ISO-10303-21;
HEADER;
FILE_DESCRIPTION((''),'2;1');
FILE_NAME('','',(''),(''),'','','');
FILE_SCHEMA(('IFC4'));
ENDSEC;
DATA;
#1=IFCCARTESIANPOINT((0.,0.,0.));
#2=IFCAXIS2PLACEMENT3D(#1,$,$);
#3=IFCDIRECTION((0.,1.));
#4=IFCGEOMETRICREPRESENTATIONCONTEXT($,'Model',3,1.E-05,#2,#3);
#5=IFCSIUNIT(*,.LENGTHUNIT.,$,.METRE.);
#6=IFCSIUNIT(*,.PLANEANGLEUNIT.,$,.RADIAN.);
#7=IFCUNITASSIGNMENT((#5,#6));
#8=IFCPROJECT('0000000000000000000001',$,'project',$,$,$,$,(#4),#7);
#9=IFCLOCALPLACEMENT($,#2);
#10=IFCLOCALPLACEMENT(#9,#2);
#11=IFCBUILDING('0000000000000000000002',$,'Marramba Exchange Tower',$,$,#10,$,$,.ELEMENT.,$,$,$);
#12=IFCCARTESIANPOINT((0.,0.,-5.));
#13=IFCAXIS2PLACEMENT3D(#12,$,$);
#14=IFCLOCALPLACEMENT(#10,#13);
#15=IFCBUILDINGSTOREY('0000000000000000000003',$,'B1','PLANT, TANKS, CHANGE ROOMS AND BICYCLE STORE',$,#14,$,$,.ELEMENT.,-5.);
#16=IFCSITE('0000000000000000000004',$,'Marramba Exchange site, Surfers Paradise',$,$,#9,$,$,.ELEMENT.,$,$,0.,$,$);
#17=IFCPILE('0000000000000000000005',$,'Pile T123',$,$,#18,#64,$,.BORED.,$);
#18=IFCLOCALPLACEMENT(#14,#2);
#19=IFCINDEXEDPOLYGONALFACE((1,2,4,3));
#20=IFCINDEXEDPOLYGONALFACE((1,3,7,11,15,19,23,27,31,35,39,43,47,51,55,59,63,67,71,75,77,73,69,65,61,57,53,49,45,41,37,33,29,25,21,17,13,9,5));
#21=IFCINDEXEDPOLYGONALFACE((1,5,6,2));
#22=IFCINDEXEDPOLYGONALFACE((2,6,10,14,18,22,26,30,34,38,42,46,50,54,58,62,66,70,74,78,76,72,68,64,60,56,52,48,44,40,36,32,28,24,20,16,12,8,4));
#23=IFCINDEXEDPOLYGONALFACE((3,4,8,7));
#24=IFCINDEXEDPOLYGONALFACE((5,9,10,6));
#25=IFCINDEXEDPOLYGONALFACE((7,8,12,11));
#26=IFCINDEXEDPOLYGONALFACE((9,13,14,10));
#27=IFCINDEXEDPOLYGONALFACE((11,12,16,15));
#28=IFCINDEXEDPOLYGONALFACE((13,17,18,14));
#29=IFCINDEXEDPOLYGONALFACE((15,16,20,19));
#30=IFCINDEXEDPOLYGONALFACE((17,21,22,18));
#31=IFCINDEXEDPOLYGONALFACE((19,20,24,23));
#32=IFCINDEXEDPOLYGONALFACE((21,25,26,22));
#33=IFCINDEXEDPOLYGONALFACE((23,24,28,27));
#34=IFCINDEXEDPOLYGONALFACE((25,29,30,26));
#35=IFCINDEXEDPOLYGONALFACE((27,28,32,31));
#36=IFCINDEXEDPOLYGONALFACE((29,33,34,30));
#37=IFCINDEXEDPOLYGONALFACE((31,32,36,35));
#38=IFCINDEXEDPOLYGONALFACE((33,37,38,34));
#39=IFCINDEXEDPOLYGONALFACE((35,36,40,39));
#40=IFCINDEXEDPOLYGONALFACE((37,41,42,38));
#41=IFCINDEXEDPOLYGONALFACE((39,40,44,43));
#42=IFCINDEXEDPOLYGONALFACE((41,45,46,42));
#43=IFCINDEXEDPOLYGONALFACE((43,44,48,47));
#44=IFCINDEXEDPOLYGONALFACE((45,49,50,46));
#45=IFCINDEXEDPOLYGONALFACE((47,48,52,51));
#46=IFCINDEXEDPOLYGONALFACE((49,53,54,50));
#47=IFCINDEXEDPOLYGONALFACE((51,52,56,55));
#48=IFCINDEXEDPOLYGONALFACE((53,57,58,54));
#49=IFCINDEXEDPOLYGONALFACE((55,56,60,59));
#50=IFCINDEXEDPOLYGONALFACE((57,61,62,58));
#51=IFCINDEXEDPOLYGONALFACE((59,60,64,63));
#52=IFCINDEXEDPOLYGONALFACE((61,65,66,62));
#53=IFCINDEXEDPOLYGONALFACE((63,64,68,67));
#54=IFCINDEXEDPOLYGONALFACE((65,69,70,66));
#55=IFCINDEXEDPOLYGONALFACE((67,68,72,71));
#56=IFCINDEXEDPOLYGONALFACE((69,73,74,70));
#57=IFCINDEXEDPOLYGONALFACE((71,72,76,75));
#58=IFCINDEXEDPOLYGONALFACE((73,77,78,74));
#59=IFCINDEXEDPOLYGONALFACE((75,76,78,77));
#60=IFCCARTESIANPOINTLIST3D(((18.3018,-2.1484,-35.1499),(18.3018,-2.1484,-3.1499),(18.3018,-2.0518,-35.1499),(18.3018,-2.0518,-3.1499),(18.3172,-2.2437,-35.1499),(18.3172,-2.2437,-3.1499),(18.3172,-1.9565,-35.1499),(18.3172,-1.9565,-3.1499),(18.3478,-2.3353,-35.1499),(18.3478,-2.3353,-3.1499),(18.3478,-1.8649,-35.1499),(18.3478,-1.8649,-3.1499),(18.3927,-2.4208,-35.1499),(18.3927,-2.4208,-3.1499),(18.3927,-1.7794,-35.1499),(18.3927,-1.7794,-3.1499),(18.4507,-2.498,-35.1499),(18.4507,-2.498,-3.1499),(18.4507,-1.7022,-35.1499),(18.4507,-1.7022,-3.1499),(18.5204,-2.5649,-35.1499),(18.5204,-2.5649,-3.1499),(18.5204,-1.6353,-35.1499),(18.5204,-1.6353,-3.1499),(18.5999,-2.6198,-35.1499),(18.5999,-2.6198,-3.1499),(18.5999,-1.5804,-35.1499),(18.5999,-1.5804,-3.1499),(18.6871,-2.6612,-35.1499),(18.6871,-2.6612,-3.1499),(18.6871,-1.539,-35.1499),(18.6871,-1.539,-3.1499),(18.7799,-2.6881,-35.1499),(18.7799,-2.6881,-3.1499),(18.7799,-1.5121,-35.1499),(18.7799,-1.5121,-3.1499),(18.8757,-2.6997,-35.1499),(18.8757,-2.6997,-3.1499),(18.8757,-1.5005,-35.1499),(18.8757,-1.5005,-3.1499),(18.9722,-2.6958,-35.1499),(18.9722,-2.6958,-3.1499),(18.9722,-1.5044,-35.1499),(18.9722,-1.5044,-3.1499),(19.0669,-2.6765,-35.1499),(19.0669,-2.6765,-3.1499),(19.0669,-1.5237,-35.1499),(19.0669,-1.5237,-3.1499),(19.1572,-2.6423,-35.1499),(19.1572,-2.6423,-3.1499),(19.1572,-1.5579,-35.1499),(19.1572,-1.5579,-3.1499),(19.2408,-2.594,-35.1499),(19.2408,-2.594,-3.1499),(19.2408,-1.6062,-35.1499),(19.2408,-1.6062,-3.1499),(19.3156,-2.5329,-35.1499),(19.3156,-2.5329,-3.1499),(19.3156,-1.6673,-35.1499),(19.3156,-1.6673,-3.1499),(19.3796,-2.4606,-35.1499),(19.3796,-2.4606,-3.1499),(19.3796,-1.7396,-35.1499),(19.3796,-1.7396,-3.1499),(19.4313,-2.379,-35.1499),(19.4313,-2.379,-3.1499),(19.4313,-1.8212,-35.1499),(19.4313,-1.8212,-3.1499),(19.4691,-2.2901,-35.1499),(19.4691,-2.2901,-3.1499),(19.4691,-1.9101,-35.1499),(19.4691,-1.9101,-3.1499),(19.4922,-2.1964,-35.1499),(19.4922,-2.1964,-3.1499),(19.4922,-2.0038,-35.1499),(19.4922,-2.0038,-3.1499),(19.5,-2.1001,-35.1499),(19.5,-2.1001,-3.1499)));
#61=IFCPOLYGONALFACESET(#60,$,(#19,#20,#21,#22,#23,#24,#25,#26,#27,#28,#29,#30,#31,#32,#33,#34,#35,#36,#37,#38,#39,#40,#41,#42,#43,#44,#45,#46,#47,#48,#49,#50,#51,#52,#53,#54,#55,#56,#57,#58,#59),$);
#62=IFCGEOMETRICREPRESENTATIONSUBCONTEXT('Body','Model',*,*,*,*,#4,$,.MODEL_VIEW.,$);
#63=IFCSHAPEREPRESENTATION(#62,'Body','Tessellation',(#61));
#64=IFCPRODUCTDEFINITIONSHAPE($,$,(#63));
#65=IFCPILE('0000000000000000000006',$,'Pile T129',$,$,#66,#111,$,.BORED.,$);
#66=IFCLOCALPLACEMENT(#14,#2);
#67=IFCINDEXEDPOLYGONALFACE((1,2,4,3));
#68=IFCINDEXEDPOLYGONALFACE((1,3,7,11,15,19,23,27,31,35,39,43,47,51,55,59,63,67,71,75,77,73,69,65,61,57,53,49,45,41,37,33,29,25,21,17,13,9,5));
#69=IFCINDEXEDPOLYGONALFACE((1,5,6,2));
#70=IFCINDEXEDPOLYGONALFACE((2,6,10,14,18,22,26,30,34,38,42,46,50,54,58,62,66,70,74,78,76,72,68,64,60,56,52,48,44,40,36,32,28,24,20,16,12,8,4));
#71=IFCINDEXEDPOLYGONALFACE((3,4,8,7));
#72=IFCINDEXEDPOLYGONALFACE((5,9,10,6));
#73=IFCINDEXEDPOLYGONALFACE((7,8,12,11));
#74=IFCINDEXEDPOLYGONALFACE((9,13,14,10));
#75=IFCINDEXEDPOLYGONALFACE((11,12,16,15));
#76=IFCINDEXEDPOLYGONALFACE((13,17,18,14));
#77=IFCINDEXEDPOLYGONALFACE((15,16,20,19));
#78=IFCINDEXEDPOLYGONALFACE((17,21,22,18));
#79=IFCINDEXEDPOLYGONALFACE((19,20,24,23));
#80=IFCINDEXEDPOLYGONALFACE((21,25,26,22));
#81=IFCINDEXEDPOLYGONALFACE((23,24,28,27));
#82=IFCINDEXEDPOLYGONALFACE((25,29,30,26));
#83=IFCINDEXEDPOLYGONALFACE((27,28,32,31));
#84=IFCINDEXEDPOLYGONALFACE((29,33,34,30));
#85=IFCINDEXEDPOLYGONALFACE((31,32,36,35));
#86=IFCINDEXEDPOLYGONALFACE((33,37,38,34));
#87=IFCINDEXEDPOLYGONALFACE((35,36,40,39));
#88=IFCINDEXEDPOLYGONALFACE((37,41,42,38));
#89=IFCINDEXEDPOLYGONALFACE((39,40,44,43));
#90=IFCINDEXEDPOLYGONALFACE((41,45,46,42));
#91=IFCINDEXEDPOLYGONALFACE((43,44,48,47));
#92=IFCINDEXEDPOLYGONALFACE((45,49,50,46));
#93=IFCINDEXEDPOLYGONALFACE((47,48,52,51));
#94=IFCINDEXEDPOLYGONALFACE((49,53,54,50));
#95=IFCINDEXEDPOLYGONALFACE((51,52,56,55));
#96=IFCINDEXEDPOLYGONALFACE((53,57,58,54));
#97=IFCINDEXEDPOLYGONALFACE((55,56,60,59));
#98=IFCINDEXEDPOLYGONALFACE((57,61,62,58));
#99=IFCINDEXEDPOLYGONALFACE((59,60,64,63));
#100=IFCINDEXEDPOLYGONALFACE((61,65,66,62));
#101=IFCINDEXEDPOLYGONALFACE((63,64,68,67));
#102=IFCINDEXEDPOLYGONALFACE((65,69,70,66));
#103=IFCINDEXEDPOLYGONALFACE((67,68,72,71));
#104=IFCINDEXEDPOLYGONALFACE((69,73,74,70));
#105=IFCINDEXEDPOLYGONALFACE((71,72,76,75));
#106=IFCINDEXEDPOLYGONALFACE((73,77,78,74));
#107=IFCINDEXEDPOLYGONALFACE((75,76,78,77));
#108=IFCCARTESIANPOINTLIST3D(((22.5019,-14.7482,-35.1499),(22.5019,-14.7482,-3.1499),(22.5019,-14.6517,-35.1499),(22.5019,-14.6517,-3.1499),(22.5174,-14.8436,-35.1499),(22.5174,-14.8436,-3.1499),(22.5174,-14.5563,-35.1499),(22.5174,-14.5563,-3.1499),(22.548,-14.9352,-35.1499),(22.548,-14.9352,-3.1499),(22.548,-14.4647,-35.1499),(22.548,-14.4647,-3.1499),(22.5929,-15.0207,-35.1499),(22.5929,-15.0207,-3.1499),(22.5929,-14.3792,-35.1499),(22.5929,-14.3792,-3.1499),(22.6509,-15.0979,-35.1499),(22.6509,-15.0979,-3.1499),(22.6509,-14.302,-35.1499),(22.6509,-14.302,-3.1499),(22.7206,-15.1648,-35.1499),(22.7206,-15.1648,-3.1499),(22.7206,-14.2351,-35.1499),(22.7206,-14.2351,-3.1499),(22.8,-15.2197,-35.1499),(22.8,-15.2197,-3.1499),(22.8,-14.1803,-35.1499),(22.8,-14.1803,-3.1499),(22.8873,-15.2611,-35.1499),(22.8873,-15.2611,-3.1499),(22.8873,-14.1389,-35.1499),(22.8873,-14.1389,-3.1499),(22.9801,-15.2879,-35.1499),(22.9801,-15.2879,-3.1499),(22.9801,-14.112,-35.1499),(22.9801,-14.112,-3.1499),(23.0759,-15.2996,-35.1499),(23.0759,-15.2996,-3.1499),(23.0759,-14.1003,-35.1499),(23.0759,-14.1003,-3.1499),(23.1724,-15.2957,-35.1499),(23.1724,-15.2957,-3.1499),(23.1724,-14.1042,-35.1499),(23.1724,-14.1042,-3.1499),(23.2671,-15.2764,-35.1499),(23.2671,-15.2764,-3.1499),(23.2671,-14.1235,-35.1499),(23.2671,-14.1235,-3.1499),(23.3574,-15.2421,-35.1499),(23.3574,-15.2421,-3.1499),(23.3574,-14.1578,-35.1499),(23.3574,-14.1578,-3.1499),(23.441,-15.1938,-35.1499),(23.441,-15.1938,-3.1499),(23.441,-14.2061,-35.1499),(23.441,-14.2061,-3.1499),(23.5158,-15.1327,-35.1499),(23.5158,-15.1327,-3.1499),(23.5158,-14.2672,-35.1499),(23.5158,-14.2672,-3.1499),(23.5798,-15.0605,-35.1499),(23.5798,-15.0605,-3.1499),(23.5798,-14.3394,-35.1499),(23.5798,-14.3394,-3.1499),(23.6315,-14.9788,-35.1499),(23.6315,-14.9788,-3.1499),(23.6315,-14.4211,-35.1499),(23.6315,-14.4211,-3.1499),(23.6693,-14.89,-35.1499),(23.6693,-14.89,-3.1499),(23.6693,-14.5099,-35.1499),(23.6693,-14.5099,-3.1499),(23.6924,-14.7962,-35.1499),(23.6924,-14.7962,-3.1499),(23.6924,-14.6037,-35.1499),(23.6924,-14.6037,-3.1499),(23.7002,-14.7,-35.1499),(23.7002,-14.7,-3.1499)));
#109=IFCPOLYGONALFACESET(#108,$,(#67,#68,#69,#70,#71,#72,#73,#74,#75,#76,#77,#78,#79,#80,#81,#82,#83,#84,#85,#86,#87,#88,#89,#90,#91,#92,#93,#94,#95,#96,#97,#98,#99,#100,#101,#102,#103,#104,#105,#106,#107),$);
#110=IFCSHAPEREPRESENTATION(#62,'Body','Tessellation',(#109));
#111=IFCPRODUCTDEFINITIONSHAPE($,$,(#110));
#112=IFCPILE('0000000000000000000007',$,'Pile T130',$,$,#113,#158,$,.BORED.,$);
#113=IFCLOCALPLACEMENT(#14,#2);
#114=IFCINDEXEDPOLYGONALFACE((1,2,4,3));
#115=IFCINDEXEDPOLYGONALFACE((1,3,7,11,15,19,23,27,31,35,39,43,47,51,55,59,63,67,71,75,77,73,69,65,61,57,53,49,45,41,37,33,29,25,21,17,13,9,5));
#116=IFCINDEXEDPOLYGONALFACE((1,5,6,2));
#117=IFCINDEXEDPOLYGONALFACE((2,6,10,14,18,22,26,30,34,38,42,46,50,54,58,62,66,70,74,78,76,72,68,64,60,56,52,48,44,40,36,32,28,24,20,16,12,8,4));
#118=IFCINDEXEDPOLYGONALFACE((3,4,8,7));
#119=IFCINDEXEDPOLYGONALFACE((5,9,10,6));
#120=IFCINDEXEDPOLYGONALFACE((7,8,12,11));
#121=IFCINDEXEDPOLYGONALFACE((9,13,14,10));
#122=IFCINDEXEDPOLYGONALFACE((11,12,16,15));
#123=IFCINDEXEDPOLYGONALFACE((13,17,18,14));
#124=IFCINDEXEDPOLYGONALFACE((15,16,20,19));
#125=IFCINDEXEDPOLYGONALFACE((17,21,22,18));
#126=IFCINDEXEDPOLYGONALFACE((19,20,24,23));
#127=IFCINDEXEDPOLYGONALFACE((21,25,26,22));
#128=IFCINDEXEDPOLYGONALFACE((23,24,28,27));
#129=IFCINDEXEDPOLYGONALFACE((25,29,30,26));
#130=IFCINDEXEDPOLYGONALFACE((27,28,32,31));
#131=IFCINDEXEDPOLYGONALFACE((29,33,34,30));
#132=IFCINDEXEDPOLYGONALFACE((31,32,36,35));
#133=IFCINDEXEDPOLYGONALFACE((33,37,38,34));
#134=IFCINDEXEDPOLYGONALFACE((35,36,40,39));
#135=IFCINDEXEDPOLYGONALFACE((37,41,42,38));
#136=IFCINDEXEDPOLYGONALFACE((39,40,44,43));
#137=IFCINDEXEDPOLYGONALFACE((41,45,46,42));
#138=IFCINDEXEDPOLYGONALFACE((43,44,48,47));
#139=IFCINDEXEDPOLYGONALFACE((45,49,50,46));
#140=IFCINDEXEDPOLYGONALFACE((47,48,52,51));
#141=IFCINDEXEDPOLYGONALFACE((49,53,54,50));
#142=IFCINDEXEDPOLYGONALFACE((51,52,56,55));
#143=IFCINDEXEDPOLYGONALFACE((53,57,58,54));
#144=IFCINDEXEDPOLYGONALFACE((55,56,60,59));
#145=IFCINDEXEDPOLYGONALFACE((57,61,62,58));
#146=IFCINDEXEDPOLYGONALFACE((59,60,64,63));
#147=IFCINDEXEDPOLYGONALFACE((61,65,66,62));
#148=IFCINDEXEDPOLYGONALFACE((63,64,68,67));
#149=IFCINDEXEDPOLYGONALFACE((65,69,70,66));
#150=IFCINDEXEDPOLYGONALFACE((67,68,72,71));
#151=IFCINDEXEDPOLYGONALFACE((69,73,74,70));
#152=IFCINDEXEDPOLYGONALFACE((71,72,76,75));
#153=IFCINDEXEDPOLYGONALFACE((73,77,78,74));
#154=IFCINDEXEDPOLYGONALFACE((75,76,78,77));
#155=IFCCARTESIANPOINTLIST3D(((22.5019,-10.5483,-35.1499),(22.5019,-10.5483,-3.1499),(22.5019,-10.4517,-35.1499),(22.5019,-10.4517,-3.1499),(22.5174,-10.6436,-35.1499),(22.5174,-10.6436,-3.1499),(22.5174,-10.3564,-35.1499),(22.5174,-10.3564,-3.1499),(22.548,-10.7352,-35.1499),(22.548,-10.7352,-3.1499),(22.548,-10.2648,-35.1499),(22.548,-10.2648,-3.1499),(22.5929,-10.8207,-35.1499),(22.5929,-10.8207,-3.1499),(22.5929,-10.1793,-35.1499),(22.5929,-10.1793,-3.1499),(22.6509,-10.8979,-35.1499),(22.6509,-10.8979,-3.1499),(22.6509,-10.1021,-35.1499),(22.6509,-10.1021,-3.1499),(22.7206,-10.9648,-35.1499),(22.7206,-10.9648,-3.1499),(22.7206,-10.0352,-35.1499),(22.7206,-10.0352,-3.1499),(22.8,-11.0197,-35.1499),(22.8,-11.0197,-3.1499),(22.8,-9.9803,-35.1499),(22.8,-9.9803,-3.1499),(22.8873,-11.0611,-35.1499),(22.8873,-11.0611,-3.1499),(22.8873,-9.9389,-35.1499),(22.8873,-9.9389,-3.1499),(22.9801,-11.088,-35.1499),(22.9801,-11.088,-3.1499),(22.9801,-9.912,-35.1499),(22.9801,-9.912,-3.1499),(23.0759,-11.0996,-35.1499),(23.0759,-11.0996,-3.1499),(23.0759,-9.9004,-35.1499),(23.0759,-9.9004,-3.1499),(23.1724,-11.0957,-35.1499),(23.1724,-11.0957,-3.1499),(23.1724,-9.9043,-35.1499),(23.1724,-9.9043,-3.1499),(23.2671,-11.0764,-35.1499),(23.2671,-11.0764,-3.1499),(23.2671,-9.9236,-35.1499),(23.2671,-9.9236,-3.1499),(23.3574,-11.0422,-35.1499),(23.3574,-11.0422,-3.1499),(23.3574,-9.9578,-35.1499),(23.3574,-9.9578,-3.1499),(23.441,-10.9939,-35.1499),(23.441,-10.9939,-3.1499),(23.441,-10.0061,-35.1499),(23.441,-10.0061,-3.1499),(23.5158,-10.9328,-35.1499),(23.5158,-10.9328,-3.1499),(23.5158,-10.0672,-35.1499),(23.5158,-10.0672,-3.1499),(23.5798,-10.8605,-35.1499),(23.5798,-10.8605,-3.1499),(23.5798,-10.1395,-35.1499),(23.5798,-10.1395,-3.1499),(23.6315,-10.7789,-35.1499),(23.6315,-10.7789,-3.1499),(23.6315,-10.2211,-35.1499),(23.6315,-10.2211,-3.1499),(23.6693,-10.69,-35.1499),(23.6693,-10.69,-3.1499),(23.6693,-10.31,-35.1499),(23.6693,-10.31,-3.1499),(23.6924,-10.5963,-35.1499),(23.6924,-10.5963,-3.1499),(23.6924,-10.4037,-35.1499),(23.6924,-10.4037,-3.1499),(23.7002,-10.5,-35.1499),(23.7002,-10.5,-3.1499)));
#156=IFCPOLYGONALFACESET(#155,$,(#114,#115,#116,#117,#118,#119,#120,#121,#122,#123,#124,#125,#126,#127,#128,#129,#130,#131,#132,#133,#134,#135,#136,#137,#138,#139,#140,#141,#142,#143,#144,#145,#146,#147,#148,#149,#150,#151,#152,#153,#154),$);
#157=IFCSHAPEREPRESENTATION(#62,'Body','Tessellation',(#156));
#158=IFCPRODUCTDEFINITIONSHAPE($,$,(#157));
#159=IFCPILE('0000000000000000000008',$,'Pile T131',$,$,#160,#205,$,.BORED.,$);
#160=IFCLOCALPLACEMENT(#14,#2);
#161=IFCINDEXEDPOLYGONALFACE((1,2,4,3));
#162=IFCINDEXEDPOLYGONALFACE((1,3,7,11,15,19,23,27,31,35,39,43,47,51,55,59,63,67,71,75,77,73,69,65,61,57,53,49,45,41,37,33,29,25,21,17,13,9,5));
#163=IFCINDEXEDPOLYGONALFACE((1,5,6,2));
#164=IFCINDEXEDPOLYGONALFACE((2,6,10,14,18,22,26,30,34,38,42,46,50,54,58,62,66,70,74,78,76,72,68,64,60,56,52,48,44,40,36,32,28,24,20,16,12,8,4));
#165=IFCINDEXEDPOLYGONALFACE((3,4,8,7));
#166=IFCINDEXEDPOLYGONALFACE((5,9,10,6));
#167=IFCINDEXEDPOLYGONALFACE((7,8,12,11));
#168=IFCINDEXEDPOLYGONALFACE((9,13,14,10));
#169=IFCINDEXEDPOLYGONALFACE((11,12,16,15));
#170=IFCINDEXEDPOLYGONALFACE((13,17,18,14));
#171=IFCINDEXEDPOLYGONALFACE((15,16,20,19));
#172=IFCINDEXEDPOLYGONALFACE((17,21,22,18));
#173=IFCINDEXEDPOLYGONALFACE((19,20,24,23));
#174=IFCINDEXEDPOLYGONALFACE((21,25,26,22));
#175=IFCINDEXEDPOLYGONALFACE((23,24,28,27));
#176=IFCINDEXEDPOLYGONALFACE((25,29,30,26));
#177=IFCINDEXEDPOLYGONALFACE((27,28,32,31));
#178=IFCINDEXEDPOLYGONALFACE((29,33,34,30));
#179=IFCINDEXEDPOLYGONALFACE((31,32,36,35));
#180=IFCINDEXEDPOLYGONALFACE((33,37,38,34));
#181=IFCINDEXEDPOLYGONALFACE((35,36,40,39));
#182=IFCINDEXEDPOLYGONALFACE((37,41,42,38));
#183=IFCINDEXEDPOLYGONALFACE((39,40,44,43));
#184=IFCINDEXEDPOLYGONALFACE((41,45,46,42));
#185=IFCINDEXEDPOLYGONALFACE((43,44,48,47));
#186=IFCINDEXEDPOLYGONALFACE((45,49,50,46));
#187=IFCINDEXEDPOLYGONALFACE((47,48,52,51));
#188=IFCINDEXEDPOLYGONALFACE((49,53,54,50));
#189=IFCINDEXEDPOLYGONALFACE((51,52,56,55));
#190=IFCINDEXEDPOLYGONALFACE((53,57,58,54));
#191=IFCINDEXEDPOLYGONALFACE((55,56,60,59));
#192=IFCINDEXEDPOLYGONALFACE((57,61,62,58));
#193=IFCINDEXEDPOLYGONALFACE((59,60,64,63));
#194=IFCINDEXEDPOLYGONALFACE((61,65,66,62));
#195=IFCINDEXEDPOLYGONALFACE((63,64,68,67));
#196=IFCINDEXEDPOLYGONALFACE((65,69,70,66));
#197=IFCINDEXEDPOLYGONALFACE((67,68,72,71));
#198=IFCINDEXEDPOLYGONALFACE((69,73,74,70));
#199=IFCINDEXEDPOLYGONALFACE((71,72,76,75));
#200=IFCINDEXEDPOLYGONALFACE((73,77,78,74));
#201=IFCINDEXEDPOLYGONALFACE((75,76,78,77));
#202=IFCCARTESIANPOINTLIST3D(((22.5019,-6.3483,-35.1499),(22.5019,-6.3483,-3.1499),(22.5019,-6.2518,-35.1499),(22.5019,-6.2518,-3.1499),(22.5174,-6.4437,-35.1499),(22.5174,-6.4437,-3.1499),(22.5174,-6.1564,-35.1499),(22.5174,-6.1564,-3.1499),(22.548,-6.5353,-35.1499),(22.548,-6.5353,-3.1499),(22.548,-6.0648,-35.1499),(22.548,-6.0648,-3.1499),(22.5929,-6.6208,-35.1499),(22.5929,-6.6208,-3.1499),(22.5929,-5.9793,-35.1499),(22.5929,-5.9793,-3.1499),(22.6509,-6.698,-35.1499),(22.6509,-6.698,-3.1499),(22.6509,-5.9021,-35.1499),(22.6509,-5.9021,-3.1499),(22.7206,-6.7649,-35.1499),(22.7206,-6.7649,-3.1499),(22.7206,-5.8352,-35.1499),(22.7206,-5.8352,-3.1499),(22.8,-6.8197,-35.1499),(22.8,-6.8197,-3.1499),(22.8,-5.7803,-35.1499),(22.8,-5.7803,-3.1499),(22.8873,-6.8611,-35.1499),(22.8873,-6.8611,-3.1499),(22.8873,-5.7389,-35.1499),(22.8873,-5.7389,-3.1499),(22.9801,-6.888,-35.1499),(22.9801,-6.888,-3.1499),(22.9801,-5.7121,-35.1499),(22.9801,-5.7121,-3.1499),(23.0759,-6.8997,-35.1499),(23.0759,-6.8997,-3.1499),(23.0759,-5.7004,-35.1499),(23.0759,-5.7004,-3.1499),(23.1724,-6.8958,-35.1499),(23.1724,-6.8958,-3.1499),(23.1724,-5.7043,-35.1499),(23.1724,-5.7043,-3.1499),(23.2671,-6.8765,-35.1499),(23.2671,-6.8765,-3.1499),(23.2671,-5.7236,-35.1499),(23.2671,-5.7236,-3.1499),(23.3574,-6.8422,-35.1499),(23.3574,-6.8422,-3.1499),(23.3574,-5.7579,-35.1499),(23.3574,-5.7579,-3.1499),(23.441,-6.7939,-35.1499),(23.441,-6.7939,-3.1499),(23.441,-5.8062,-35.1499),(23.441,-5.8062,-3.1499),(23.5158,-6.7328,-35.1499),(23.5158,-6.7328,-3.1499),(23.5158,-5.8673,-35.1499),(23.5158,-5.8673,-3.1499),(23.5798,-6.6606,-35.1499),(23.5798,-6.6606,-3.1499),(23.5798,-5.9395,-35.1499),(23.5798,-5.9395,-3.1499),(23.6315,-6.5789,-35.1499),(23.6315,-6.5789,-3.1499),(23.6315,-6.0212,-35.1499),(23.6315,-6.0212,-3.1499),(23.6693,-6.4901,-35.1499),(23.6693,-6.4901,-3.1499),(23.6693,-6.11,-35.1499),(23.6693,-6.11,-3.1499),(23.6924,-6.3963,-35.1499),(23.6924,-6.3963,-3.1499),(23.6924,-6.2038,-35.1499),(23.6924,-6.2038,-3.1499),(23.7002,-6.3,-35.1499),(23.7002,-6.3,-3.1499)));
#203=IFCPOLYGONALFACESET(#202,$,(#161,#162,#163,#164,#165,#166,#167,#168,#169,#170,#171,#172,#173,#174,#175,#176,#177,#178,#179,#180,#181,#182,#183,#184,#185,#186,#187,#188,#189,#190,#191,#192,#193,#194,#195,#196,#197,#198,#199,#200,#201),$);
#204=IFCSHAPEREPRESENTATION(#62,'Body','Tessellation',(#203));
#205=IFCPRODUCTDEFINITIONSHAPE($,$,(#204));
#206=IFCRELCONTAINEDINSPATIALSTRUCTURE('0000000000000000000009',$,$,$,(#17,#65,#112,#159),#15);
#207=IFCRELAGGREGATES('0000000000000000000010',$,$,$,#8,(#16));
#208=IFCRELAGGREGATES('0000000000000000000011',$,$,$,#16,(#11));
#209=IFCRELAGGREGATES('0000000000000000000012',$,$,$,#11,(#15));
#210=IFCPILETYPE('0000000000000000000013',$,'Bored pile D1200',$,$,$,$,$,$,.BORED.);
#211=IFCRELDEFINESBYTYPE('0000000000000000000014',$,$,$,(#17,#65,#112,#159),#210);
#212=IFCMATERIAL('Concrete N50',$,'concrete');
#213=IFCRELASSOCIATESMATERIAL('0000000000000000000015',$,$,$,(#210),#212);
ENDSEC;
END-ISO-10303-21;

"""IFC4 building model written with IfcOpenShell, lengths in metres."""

from ifc_helpers import new_model, si_unit, direction, frame, origin, origin_2d, place, context, subcontext, project, spatial, circle, extrude, material, material_profile, profile_set, type_object, element, save


model = new_model("IFC4")

# Units and contexts
model_context = context("Model", 3, precision=1e-05, world=origin(), true_north=direction((0.0, 1.0)))
body_context = subcontext(model_context, "Body", "Model", "MODEL_VIEW")
ifc_project = project(units=[si_unit("LENGTHUNIT", "METRE"), si_unit("PLANEANGLEUNIT", "RADIAN")], contexts=[model_context])

# Site, building, storey
site_placement = place(None, origin())
site = spatial("IfcSite", under=ifc_project, at=site_placement, Name="Marramba Exchange site, Surfers Paradise", CompositionType="ELEMENT", RefElevation=0.0)
building_placement = place(site_placement, origin())
building = spatial("IfcBuilding", under=site, at=building_placement, Name="Marramba Exchange Tower", CompositionType="ELEMENT")
storey_placement = place(building_placement, frame((0.0, 0.0, -5.0)))
storey = spatial("IfcBuildingStorey", under=building, at=storey_placement, Name="B1", Description="PLANT, TANKS, CHANGE ROOMS AND BICYCLE STORE", CompositionType="ELEMENT", Elevation=-5.0)

# Piles
ifc_material_1 = material(Name="Concrete N50", Category="concrete")
ifc_material_profile_1 = material_profile(ifc_material_1, circle(Radius=0.6001, at=origin_2d()), Name="BP D1200")
ifc_profile_set_1 = profile_set([ifc_material_profile_1], Name="Concrete N50")
pile_type = type_object("IfcPileType", Name="Bored pile D1200", PredefinedType="BORED", material=ifc_profile_set_1)
for number, where, z_axis, x_axis, name in (
    (1, (18.8999, -2.1001, -3.1499), (0.0, 0.0, -1.0), (1.0, 0.0, 0.0), "Pile T123"),
    (2, (23.1001, -14.7, -3.1499), (0.0, 0.0, -1.0), (1.0, 0.0, 0.0), "Pile T129"),
    (3, (23.1001, -10.5, -3.1499), (0.0, 0.0, -1.0), (1.0, 0.0, 0.0), "Pile T130"),
    (4, (23.1001, -6.3, -3.1499), (0.0, 0.0, -1.0), (1.0, 0.0, 0.0), "Pile T131"),
):
    element("IfcPile", number, at=place(storey_placement, frame(where, z_axis=z_axis, x_axis=x_axis)), inside=storey, type_object=pile_type, Name=name, PredefinedType="BORED", context=body_context, shape_type="SweptSolid", body=[
        extrude(circle(Radius=0.6001, at=origin_2d()), origin(), (0.0, 0.0, 1.0), 32.0),
    ])

save(model, "model.ifc")
